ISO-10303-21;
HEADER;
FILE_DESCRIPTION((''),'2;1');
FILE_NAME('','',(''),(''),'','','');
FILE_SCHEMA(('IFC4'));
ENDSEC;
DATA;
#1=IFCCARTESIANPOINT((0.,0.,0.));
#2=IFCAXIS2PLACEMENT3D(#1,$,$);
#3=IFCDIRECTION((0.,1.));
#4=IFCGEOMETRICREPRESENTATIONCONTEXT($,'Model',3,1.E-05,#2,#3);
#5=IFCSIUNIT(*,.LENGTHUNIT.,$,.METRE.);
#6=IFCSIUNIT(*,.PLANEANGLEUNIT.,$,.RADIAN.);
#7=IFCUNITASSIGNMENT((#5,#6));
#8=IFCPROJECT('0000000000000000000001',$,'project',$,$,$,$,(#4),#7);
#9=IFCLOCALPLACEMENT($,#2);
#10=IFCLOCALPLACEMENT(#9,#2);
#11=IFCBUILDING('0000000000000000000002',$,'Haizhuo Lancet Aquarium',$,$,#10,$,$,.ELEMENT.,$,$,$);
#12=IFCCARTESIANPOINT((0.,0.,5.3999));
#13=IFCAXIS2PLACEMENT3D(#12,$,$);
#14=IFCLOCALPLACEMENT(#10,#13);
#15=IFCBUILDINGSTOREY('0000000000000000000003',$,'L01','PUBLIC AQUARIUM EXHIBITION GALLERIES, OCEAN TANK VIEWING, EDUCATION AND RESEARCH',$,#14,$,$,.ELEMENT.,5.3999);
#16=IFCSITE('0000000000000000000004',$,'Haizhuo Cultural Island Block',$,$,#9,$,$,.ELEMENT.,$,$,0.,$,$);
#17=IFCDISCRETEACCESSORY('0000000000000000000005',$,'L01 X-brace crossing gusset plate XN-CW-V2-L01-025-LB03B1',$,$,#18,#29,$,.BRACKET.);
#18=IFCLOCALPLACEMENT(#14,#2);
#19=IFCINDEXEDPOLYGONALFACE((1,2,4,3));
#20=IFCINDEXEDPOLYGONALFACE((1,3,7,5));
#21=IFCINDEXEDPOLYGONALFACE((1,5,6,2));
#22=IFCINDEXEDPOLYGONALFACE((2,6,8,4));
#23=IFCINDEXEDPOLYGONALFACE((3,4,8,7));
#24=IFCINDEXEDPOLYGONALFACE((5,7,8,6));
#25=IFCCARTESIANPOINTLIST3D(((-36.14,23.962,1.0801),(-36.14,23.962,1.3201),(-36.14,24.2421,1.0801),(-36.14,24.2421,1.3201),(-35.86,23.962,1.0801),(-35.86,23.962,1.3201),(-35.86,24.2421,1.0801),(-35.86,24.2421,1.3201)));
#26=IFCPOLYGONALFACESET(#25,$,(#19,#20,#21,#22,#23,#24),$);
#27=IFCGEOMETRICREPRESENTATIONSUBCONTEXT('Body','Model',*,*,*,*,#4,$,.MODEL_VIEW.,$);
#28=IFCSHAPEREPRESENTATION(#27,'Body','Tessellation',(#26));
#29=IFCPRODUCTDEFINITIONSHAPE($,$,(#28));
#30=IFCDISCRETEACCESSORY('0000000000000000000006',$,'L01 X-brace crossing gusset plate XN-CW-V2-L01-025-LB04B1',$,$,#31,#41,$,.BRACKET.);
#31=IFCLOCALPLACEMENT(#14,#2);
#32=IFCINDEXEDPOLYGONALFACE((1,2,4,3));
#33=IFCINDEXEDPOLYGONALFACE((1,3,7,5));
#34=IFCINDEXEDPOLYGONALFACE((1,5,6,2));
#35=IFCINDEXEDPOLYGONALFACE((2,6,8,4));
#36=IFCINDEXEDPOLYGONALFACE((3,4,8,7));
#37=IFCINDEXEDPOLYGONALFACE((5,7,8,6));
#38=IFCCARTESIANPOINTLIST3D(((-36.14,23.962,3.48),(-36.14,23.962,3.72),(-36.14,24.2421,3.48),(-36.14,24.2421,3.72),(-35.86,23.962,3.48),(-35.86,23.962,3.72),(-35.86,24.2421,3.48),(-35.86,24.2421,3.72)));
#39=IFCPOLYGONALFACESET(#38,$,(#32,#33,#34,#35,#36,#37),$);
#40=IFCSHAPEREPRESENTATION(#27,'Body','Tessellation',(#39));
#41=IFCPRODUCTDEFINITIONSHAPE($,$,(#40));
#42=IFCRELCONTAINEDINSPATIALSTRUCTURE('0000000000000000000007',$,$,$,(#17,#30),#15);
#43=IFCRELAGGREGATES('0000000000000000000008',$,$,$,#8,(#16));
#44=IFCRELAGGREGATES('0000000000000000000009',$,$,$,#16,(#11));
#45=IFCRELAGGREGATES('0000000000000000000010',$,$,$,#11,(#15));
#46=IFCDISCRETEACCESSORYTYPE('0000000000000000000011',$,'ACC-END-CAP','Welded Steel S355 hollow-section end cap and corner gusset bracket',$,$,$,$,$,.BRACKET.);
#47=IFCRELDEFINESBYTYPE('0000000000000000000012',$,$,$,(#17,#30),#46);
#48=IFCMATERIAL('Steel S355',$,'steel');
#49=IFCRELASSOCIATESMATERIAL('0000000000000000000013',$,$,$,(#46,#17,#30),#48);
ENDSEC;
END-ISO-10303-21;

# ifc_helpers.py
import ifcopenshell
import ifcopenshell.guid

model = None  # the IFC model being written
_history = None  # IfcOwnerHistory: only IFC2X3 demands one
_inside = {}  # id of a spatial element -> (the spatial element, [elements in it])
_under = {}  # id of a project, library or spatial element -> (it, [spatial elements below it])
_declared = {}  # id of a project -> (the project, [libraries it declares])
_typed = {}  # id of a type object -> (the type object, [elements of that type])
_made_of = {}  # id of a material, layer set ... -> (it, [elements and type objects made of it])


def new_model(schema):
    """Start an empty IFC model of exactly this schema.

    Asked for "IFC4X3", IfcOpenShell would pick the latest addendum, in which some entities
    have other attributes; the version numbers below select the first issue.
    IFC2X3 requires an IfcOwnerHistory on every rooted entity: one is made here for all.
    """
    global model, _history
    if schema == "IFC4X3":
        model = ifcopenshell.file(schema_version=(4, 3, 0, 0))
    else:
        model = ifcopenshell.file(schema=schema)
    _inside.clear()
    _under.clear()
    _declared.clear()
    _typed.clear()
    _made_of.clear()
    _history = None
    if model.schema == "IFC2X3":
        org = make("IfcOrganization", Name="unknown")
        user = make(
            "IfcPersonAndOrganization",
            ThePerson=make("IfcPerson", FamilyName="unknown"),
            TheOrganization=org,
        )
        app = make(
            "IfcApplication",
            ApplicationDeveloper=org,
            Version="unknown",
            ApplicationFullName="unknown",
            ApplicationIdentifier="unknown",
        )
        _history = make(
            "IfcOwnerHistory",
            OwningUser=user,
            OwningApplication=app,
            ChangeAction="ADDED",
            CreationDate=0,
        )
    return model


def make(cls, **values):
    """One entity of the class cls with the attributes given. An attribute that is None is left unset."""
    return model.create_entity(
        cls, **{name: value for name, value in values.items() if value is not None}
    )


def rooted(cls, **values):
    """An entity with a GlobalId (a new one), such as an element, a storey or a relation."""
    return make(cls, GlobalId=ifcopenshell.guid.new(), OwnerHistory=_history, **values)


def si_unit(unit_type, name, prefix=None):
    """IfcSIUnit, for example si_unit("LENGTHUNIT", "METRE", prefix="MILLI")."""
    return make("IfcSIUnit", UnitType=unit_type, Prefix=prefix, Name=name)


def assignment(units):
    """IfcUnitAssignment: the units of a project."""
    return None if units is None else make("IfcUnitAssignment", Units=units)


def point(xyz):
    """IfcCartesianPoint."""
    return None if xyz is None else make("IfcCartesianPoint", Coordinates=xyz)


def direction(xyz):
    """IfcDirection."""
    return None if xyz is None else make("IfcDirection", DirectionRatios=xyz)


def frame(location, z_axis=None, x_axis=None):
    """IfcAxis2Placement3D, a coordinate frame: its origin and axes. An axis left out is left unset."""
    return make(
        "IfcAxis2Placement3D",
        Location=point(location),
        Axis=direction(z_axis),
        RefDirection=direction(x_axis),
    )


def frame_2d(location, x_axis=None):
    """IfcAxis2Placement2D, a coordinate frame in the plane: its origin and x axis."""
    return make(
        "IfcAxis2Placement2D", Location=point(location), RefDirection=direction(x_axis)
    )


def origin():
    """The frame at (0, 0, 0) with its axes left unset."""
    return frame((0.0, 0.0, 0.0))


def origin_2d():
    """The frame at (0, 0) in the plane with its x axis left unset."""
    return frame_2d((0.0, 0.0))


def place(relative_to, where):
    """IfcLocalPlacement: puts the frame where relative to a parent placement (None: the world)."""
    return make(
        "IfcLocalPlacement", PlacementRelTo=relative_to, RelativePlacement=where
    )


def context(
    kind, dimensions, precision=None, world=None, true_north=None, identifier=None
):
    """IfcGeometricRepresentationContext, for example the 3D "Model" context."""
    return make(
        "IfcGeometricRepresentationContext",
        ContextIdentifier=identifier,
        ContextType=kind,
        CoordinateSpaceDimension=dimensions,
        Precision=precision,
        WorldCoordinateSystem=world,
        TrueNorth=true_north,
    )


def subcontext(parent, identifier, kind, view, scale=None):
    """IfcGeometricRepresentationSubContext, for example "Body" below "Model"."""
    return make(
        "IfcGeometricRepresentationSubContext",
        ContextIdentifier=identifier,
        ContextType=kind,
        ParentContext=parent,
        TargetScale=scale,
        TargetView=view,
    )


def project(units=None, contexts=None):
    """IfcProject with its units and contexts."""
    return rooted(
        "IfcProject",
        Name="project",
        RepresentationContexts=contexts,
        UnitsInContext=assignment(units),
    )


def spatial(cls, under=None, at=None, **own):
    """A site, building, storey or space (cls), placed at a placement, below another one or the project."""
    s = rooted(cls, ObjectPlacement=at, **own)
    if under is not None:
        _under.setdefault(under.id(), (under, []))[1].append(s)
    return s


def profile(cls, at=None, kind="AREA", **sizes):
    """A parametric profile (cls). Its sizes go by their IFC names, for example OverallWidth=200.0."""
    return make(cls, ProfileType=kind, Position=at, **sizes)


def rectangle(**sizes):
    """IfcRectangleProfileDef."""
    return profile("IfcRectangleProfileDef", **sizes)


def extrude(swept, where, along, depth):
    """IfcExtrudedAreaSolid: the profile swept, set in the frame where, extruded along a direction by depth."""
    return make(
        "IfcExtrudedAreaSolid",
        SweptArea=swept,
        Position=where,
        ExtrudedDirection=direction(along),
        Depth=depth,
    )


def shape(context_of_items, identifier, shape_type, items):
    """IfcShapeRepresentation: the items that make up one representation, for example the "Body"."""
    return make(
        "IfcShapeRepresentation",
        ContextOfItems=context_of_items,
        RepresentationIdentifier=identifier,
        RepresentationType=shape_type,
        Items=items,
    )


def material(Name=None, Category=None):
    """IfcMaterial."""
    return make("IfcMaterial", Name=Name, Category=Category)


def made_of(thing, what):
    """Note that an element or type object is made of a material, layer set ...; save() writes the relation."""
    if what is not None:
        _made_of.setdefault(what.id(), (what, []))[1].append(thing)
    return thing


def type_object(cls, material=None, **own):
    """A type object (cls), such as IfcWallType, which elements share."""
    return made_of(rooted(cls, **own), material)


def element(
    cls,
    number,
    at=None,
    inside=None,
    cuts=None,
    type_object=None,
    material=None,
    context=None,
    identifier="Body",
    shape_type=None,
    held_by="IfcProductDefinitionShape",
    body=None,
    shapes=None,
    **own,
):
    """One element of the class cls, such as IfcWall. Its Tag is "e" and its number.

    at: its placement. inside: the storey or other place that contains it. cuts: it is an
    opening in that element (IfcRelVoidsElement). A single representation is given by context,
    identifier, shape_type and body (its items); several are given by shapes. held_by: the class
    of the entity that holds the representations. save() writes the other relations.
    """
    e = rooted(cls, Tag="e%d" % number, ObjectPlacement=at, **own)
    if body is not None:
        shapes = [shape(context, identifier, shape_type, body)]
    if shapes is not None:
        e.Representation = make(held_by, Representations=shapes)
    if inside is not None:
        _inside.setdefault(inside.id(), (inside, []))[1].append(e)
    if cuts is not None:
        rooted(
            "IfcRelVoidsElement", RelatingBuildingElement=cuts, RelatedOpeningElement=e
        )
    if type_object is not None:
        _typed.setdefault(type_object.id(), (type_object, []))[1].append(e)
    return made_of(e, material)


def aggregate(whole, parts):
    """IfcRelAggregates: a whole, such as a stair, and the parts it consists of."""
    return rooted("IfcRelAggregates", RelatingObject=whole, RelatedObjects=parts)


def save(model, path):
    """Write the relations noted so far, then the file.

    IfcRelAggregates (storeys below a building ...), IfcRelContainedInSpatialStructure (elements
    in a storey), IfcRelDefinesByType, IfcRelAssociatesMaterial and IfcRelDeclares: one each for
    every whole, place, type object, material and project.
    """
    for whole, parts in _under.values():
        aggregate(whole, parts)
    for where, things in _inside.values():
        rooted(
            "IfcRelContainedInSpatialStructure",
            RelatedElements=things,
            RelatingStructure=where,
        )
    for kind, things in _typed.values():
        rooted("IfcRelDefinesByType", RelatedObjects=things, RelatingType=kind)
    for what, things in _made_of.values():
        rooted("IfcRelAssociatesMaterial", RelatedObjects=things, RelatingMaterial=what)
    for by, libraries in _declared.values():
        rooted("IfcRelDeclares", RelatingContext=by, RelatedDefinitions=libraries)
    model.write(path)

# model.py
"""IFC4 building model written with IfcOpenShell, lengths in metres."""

from ifc_helpers import new_model, si_unit, direction, frame, origin, origin_2d, place, context, subcontext, project, spatial, rectangle, extrude, material, type_object, element, save


model = new_model("IFC4")

# Units and contexts
model_context = context("Model", 3, precision=1e-05, world=origin(), true_north=direction((0.0, 1.0)))
body_context = subcontext(model_context, "Body", "Model", "MODEL_VIEW")
ifc_project = project(units=[si_unit("LENGTHUNIT", "METRE"), si_unit("PLANEANGLEUNIT", "RADIAN")], contexts=[model_context])

# Site, building, storey
site_placement = place(None, origin())
site = spatial("IfcSite", under=ifc_project, at=site_placement, Name="Haizhuo Cultural Island Block", CompositionType="ELEMENT", RefElevation=0.0)
building_placement = place(site_placement, origin())
building = spatial("IfcBuilding", under=site, at=building_placement, Name="Haizhuo Lancet Aquarium", CompositionType="ELEMENT")
storey_placement = place(building_placement, frame((0.0, 0.0, 5.3999)))
storey = spatial("IfcBuildingStorey", under=building, at=storey_placement, Name="L01", Description="PUBLIC AQUARIUM EXHIBITION GALLERIES, OCEAN TANK VIEWING, EDUCATION AND RESEARCH", CompositionType="ELEMENT", Elevation=5.3999)

# Shared definitions
ifc_material_1 = material(Name="Steel S355", Category="steel")

# Discrete accessories
discrete_accessory_type = type_object("IfcDiscreteAccessoryType", Name="ACC-END-CAP", Description="Welded Steel S355 hollow-section end cap and corner gusset bracket", PredefinedType="BRACKET", material=ifc_material_1)
for number, where, z_axis, x_axis, name in (
    (1, (-36.0, 24.1021, 1.0801), (0.0, 0.0, 1.0), (1.0, 0.0, 0.0), "L01 X-brace crossing gusset plate XN-CW-V2-L01-025-LB03B1"),
    (2, (-36.0, 24.1021, 3.48), (0.0, 0.0, 1.0), (1.0, 0.0, 0.0), "L01 X-brace crossing gusset plate XN-CW-V2-L01-025-LB04B1"),
):
    element("IfcDiscreteAccessory", number, at=place(storey_placement, frame(where, z_axis=z_axis, x_axis=x_axis)), inside=storey, type_object=discrete_accessory_type, material=ifc_material_1, Name=name, PredefinedType="BRACKET", context=body_context, shape_type="SweptSolid", body=[
        extrude(rectangle(XDim=0.28, YDim=0.28, at=origin_2d()), origin(), (0.0, 0.0, 1.0), 0.24),
    ])

save(model, "model.ifc")
